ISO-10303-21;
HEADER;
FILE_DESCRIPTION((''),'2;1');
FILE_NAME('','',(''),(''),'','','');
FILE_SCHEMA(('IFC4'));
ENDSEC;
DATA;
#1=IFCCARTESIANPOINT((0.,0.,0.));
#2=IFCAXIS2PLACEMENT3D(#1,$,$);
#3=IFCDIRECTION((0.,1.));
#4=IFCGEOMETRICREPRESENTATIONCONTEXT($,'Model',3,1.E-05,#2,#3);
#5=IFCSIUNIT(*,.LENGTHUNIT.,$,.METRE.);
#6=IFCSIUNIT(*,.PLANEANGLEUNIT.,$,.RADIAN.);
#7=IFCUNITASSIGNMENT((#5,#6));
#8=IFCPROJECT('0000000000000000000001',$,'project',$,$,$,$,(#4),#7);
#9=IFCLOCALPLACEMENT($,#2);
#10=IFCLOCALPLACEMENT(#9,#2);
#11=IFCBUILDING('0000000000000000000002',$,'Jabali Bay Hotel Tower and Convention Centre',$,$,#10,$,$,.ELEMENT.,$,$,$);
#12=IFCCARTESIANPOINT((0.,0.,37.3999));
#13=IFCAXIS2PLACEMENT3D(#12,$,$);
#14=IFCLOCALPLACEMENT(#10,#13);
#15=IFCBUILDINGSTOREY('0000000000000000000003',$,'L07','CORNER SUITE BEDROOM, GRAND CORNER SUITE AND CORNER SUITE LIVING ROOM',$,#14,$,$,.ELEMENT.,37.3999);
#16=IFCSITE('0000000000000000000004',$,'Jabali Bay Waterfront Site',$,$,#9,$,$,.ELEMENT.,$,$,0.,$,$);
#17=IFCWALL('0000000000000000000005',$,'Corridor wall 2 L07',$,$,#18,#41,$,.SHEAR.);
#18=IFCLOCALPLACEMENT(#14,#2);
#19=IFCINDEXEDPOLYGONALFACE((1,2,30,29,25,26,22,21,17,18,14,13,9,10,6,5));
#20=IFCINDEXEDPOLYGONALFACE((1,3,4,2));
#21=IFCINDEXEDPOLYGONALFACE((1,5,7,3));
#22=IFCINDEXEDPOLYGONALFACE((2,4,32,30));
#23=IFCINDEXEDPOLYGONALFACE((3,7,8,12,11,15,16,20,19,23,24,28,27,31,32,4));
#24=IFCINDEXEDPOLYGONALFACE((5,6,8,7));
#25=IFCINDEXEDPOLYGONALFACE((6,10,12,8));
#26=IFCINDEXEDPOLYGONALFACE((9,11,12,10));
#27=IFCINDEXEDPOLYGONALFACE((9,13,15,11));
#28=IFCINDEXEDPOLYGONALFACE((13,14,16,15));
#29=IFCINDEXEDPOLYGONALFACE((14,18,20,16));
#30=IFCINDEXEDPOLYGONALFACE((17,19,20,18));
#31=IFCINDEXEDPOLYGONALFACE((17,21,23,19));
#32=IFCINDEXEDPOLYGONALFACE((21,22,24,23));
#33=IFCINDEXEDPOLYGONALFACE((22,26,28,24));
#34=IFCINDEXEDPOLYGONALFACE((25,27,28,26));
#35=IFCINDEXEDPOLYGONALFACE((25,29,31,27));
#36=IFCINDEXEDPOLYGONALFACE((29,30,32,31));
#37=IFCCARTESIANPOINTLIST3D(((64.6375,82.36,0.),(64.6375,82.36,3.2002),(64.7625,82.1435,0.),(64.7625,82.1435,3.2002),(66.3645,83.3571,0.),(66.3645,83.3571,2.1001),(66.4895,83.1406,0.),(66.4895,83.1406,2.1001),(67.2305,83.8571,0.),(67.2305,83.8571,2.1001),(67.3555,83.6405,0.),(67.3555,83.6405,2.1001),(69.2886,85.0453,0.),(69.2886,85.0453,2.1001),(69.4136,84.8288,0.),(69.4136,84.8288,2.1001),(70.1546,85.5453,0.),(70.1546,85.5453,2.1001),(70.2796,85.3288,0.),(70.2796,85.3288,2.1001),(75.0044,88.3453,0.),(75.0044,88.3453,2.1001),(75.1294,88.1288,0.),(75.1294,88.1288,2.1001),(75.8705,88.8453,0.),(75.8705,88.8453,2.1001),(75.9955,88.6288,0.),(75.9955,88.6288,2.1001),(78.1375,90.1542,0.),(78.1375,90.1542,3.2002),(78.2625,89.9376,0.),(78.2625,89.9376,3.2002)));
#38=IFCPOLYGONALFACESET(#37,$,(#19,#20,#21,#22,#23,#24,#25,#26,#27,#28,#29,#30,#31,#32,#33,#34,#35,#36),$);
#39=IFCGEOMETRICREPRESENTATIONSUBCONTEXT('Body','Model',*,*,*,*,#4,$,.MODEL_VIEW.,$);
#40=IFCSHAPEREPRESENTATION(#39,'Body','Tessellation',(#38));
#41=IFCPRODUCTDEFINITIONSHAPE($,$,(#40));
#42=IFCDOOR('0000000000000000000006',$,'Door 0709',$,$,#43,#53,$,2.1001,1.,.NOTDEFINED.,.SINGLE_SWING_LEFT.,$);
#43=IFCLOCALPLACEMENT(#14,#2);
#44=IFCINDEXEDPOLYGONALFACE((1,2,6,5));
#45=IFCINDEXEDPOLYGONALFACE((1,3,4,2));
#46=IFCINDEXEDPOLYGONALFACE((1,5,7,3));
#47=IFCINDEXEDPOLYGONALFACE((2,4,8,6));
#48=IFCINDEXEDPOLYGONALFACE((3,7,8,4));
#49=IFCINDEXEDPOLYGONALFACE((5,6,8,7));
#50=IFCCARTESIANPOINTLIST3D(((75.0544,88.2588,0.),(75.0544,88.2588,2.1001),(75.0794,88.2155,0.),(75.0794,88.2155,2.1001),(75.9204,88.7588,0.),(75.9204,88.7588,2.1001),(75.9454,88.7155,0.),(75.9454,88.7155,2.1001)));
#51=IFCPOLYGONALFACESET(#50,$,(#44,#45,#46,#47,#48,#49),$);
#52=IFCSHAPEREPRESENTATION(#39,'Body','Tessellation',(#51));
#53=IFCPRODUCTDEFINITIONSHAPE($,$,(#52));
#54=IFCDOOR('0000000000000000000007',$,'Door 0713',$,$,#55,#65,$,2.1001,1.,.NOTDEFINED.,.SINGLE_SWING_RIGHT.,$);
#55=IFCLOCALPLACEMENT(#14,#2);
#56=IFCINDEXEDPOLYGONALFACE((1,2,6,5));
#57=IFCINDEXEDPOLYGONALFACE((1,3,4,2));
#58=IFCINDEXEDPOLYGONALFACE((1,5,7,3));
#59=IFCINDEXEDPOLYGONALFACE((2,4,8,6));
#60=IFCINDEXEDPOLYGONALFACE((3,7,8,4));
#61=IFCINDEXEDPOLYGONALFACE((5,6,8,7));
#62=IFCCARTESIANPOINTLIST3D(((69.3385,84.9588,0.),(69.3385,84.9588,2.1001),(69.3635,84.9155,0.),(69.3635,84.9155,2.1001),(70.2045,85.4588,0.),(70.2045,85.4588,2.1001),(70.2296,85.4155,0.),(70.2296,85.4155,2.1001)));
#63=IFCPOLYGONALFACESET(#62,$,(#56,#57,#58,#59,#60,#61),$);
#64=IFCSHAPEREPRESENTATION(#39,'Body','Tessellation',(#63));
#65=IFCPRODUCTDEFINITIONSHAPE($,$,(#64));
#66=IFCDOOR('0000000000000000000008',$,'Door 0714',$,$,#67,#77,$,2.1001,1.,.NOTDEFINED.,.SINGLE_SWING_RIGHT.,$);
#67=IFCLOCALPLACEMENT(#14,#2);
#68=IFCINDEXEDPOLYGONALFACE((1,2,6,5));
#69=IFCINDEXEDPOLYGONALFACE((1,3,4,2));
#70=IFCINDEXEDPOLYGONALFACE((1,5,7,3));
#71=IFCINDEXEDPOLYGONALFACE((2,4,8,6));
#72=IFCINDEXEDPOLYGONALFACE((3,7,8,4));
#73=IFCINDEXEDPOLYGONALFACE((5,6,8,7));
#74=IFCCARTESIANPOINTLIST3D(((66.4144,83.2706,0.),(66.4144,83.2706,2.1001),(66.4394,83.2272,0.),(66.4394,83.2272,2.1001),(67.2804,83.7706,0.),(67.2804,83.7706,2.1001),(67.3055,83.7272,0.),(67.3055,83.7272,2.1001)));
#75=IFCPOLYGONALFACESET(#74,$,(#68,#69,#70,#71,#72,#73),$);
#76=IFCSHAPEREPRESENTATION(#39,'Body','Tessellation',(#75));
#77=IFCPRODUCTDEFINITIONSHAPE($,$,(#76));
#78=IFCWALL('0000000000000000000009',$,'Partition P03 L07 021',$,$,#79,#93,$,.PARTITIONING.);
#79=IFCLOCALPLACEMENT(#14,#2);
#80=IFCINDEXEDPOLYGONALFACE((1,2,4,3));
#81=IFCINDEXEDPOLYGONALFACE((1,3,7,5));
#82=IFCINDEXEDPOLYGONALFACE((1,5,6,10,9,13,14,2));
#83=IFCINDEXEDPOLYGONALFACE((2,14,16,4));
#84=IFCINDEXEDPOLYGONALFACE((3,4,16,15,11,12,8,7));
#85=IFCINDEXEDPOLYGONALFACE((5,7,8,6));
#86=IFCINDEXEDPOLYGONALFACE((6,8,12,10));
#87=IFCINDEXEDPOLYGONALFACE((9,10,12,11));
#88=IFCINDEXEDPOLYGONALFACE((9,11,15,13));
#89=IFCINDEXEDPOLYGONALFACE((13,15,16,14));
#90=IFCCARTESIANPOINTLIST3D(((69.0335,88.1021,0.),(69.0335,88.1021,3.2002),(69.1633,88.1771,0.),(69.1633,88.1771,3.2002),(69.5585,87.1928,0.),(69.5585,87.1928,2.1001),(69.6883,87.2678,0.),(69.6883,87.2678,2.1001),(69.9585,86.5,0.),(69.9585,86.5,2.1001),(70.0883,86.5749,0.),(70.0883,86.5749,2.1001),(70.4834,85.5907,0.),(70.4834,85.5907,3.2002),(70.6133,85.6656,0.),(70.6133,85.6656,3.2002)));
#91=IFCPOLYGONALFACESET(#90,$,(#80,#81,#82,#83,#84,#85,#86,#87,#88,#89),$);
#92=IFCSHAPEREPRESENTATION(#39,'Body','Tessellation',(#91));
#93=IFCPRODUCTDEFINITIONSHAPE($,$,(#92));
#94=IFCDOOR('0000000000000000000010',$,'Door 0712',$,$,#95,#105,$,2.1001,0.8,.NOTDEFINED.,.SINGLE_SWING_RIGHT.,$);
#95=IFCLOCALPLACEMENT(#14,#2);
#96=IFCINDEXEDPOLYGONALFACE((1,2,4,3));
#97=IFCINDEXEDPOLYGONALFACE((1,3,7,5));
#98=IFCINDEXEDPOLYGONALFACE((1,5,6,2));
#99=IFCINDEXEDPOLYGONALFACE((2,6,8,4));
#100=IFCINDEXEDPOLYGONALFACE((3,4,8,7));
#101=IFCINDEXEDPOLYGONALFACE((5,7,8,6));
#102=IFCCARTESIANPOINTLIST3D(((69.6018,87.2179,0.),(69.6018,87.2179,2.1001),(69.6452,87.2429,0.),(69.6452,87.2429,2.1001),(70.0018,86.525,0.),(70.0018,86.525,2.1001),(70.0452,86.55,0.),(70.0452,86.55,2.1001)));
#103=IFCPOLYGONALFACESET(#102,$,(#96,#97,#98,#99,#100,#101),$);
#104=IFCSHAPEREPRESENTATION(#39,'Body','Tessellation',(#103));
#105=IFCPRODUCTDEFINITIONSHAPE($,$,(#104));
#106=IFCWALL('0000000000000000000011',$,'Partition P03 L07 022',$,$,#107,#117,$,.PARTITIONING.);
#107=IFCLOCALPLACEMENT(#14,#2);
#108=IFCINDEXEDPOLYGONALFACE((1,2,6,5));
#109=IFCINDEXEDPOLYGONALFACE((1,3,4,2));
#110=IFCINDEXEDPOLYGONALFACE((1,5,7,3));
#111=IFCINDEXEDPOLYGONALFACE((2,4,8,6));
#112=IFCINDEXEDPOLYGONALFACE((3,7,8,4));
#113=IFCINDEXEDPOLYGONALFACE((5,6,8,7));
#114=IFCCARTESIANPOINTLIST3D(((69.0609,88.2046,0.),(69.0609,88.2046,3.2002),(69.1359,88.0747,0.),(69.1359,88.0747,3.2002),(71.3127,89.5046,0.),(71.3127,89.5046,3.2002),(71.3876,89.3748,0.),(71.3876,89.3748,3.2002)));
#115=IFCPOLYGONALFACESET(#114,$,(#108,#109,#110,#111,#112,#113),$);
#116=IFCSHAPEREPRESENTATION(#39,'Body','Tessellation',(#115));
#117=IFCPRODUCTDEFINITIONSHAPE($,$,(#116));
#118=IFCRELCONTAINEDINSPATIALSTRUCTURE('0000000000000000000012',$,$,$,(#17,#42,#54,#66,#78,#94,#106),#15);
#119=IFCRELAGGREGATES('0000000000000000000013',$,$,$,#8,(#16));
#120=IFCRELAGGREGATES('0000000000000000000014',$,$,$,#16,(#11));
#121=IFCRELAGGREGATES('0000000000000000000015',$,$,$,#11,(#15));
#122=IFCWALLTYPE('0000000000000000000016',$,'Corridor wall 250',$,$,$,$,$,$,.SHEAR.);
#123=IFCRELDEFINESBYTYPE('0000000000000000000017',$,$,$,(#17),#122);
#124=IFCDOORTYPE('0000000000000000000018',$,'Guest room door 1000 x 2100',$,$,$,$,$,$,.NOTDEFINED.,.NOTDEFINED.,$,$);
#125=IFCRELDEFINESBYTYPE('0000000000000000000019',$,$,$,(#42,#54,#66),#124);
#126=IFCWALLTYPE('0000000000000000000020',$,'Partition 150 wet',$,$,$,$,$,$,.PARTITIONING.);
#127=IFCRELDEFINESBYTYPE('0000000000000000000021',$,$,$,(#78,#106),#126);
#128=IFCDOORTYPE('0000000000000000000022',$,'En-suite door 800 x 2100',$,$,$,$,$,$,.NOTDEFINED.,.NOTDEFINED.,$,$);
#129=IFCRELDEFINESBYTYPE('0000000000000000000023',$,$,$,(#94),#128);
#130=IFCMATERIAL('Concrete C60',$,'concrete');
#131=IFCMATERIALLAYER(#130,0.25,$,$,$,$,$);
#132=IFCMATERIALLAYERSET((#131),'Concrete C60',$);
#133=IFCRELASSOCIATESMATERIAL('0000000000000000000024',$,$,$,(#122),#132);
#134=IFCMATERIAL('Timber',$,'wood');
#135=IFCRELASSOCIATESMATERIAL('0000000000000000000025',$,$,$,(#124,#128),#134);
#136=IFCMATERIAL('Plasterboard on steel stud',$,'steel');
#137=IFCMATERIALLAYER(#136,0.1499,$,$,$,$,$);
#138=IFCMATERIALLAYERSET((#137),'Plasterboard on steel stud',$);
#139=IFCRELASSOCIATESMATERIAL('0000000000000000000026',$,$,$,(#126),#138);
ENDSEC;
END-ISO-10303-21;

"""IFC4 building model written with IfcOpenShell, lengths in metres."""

from ifc_helpers import new_model, si_unit, direction, frame, frame_2d, origin, place, context, subcontext, project, spatial, rectangle, extrude, material, layer, layer_set, type_object, element, fill, save


model = new_model("IFC4")

# Units and contexts
model_context = context("Model", 3, precision=1e-05, world=origin(), true_north=direction((0.0, 1.0)))
body_context = subcontext(model_context, "Body", "Model", "MODEL_VIEW")
ifc_project = project(units=[si_unit("LENGTHUNIT", "METRE"), si_unit("PLANEANGLEUNIT", "RADIAN")], contexts=[model_context])

# Site, building, storey
site_placement = place(None, origin())
site = spatial("IfcSite", under=ifc_project, at=site_placement, Name="Jabali Bay Waterfront Site", CompositionType="ELEMENT", RefElevation=0.0)
building_placement = place(site_placement, origin())
building = spatial("IfcBuilding", under=site, at=building_placement, Name="Jabali Bay Hotel Tower and Convention Centre", CompositionType="ELEMENT")
storey_placement = place(building_placement, frame((0.0, 0.0, 37.3999)))
storey = spatial("IfcBuildingStorey", under=building, at=storey_placement, Name="L07", Description="CORNER SUITE BEDROOM, GRAND CORNER SUITE AND CORNER SUITE LIVING ROOM", CompositionType="ELEMENT", Elevation=37.3999)

# Shared definitions
ifc_material_1 = material(Name="Concrete C60", Category="concrete")

# Wall, openings, doors
ifc_layer_1 = layer(ifc_material_1, 0.25)
ifc_layer_set_1 = layer_set([ifc_layer_1], Name="Concrete C60")
wall_type_1 = type_object("IfcWallType", Name="Corridor wall 250", PredefinedType="SHEAR", material=ifc_layer_set_1)
wall_1_placement = place(storey_placement, frame((78.2, 90.0459, 0.0), z_axis=(0.0, 0.0, 1.0), x_axis=(-0.866026, -0.499998, 0.0)))
wall_1 = element("IfcWall", 1, at=wall_1_placement, inside=storey, type_object=wall_type_1, Name="Corridor wall 2 L07", PredefinedType="SHEAR", context=body_context, shape_type="SweptSolid", body=[
    extrude(rectangle(XDim=15.5884, YDim=0.25, at=frame_2d((7.7942, 0.0))), origin(), (0.0, 0.0, 1.0), 3.2002),
])
opening_1_placement = place(wall_1_placement, frame((2.6177, 0.0, 0.0)))
opening_1 = element("IfcOpeningElement", 2, at=opening_1_placement, cuts=wall_1, PredefinedType="OPENING", context=body_context, shape_type="SweptSolid", body=[
    extrude(rectangle(XDim=1.0, YDim=2.1001, at=frame_2d((0.5, 1.05))), frame((0.0, 0.1355, 0.0), z_axis=(0.0, -1.0, 0.0), x_axis=(1.0, 0.0, 0.0)), (0.0, 0.0, 1.0), 0.271),
])
opening_2_placement = place(wall_1_placement, frame((9.2178, 0.0, 0.0)))
opening_2 = element("IfcOpeningElement", 3, at=opening_2_placement, cuts=wall_1, PredefinedType="OPENING", context=body_context, shape_type="SweptSolid", body=[
    extrude(rectangle(XDim=1.0, YDim=2.1001, at=frame_2d((0.5, 1.05))), frame((0.0, 0.1355, 0.0), z_axis=(0.0, -1.0, 0.0), x_axis=(1.0, 0.0, 0.0)), (0.0, 0.0, 1.0), 0.271),
])
opening_3_placement = place(wall_1_placement, frame((12.5942, 0.0, 0.0)))
opening_3 = element("IfcOpeningElement", 4, at=opening_3_placement, cuts=wall_1, PredefinedType="OPENING", context=body_context, shape_type="SweptSolid", body=[
    extrude(rectangle(XDim=1.0, YDim=2.1001, at=frame_2d((0.5, 1.05))), frame((0.0, 0.1355, 0.0), z_axis=(0.0, -1.0, 0.0), x_axis=(1.0, 0.0, 0.0)), (0.0, 0.0, 1.0), 0.271),
])
ifc_material_2 = material(Name="Timber", Category="wood")
door_type_1 = type_object("IfcDoorType", Name="Guest room door 1000 x 2100", OperationType="NOTDEFINED", PredefinedType="NOTDEFINED", material=ifc_material_2)
door_1_placement = place(opening_1_placement, origin())
door_1 = element("IfcDoor", 5, at=door_1_placement, inside=storey, type_object=door_type_1, Name="Door 0709", OperationType="SINGLE_SWING_LEFT", OverallHeight=2.1001, OverallWidth=1.0, PredefinedType="NOTDEFINED", context=body_context, shape_type="SweptSolid", body=[
    extrude(rectangle(XDim=1.0, YDim=2.1001, at=frame_2d((0.5, 1.05))), frame((0.0, 0.0249, 0.0), z_axis=(0.0, -1.0, 0.0), x_axis=(1.0, 0.0, 0.0)), (0.0, 0.0, 1.0), 0.05),
])
fill(opening_1, door_1)
door_2_placement = place(opening_2_placement, origin())
door_2 = element("IfcDoor", 6, at=door_2_placement, inside=storey, type_object=door_type_1, Name="Door 0713", OperationType="SINGLE_SWING_RIGHT", OverallHeight=2.1001, OverallWidth=1.0, PredefinedType="NOTDEFINED", context=body_context, shape_type="SweptSolid", body=[
    extrude(rectangle(XDim=1.0, YDim=2.1001, at=frame_2d((0.5, 1.05))), frame((0.0, 0.0249, 0.0), z_axis=(0.0, -1.0, 0.0), x_axis=(1.0, 0.0, 0.0)), (0.0, 0.0, 1.0), 0.05),
])
fill(opening_2, door_2)
door_3_placement = place(opening_3_placement, origin())
door_3 = element("IfcDoor", 7, at=door_3_placement, inside=storey, type_object=door_type_1, Name="Door 0714", OperationType="SINGLE_SWING_RIGHT", OverallHeight=2.1001, OverallWidth=1.0, PredefinedType="NOTDEFINED", context=body_context, shape_type="SweptSolid", body=[
    extrude(rectangle(XDim=1.0, YDim=2.1001, at=frame_2d((0.5, 1.05))), frame((0.0, 0.0249, 0.0), z_axis=(0.0, -1.0, 0.0), x_axis=(1.0, 0.0, 0.0)), (0.0, 0.0, 1.0), 0.05),
])
fill(opening_3, door_3)

# Wall, opening, door
ifc_material_3 = material(Name="Plasterboard on steel stud", Category="steel")
ifc_layer_2 = layer(ifc_material_3, 0.1499)
ifc_layer_set_2 = layer_set([ifc_layer_2], Name="Plasterboard on steel stud")
wall_type_2 = type_object("IfcWallType", Name="Partition 150 wet", PredefinedType="PARTITIONING", material=ifc_layer_set_2)
wall_2_placement = place(storey_placement, frame((70.5483, 85.6282, 0.0), z_axis=(0.0, 0.0, 1.0), x_axis=(-0.499987, 0.866033, 0.0)))
wall_2 = element("IfcWall", 8, at=wall_2_placement, inside=storey, type_object=wall_type_2, Name="Partition P03 L07 021", PredefinedType="PARTITIONING", context=body_context, shape_type="SweptSolid", body=[
    extrude(rectangle(XDim=2.8999, YDim=0.1499, at=frame_2d((1.45, 0.0))), origin(), (0.0, 0.0, 1.0), 3.2002),
])
opening_4_placement = place(wall_2_placement, frame((1.05, 0.0, 0.0)))
opening_4 = element("IfcOpeningElement", 9, at=opening_4_placement, cuts=wall_2, PredefinedType="OPENING", context=body_context, shape_type="SweptSolid", body=[
    extrude(rectangle(XDim=0.8, YDim=2.1001, at=frame_2d((0.3999, 1.05))), frame((0.0, 0.0854, 0.0), z_axis=(0.0, -1.0, 0.0), x_axis=(1.0, 0.0, 0.0)), (0.0, 0.0, 1.0), 0.1709),
])
door_type_2 = type_object("IfcDoorType", Name="En-suite door 800 x 2100", OperationType="NOTDEFINED", PredefinedType="NOTDEFINED", material=ifc_material_2)
door_4_placement = place(opening_4_placement, origin())
door_4 = element("IfcDoor", 10, at=door_4_placement, inside=storey, type_object=door_type_2, Name="Door 0712", OperationType="SINGLE_SWING_RIGHT", OverallHeight=2.1001, OverallWidth=0.8, PredefinedType="NOTDEFINED", context=body_context, shape_type="SweptSolid", body=[
    extrude(rectangle(XDim=0.8, YDim=2.1001, at=frame_2d((0.3999, 1.05))), frame((0.0, 0.0249, 0.0), z_axis=(0.0, -1.0, 0.0), x_axis=(1.0, 0.0, 0.0)), (0.0, 0.0, 1.0), 0.05),
])
fill(opening_4, door_4)

# Wall
wall_3_placement = place(storey_placement, frame((69.0984, 88.1396, 0.0), z_axis=(0.0, 0.0, 1.0), x_axis=(0.866021, 0.500007, 0.0)))
element("IfcWall", 11, at=wall_3_placement, inside=storey, type_object=wall_type_2, Name="Partition P03 L07 022", PredefinedType="PARTITIONING", context=body_context, shape_type="SweptSolid", body=[
    extrude(rectangle(XDim=2.6001, YDim=0.1499, at=frame_2d((1.3, 0.0))), origin(), (0.0, 0.0, 1.0), 3.2002),
])

save(model, "model.ifc")
